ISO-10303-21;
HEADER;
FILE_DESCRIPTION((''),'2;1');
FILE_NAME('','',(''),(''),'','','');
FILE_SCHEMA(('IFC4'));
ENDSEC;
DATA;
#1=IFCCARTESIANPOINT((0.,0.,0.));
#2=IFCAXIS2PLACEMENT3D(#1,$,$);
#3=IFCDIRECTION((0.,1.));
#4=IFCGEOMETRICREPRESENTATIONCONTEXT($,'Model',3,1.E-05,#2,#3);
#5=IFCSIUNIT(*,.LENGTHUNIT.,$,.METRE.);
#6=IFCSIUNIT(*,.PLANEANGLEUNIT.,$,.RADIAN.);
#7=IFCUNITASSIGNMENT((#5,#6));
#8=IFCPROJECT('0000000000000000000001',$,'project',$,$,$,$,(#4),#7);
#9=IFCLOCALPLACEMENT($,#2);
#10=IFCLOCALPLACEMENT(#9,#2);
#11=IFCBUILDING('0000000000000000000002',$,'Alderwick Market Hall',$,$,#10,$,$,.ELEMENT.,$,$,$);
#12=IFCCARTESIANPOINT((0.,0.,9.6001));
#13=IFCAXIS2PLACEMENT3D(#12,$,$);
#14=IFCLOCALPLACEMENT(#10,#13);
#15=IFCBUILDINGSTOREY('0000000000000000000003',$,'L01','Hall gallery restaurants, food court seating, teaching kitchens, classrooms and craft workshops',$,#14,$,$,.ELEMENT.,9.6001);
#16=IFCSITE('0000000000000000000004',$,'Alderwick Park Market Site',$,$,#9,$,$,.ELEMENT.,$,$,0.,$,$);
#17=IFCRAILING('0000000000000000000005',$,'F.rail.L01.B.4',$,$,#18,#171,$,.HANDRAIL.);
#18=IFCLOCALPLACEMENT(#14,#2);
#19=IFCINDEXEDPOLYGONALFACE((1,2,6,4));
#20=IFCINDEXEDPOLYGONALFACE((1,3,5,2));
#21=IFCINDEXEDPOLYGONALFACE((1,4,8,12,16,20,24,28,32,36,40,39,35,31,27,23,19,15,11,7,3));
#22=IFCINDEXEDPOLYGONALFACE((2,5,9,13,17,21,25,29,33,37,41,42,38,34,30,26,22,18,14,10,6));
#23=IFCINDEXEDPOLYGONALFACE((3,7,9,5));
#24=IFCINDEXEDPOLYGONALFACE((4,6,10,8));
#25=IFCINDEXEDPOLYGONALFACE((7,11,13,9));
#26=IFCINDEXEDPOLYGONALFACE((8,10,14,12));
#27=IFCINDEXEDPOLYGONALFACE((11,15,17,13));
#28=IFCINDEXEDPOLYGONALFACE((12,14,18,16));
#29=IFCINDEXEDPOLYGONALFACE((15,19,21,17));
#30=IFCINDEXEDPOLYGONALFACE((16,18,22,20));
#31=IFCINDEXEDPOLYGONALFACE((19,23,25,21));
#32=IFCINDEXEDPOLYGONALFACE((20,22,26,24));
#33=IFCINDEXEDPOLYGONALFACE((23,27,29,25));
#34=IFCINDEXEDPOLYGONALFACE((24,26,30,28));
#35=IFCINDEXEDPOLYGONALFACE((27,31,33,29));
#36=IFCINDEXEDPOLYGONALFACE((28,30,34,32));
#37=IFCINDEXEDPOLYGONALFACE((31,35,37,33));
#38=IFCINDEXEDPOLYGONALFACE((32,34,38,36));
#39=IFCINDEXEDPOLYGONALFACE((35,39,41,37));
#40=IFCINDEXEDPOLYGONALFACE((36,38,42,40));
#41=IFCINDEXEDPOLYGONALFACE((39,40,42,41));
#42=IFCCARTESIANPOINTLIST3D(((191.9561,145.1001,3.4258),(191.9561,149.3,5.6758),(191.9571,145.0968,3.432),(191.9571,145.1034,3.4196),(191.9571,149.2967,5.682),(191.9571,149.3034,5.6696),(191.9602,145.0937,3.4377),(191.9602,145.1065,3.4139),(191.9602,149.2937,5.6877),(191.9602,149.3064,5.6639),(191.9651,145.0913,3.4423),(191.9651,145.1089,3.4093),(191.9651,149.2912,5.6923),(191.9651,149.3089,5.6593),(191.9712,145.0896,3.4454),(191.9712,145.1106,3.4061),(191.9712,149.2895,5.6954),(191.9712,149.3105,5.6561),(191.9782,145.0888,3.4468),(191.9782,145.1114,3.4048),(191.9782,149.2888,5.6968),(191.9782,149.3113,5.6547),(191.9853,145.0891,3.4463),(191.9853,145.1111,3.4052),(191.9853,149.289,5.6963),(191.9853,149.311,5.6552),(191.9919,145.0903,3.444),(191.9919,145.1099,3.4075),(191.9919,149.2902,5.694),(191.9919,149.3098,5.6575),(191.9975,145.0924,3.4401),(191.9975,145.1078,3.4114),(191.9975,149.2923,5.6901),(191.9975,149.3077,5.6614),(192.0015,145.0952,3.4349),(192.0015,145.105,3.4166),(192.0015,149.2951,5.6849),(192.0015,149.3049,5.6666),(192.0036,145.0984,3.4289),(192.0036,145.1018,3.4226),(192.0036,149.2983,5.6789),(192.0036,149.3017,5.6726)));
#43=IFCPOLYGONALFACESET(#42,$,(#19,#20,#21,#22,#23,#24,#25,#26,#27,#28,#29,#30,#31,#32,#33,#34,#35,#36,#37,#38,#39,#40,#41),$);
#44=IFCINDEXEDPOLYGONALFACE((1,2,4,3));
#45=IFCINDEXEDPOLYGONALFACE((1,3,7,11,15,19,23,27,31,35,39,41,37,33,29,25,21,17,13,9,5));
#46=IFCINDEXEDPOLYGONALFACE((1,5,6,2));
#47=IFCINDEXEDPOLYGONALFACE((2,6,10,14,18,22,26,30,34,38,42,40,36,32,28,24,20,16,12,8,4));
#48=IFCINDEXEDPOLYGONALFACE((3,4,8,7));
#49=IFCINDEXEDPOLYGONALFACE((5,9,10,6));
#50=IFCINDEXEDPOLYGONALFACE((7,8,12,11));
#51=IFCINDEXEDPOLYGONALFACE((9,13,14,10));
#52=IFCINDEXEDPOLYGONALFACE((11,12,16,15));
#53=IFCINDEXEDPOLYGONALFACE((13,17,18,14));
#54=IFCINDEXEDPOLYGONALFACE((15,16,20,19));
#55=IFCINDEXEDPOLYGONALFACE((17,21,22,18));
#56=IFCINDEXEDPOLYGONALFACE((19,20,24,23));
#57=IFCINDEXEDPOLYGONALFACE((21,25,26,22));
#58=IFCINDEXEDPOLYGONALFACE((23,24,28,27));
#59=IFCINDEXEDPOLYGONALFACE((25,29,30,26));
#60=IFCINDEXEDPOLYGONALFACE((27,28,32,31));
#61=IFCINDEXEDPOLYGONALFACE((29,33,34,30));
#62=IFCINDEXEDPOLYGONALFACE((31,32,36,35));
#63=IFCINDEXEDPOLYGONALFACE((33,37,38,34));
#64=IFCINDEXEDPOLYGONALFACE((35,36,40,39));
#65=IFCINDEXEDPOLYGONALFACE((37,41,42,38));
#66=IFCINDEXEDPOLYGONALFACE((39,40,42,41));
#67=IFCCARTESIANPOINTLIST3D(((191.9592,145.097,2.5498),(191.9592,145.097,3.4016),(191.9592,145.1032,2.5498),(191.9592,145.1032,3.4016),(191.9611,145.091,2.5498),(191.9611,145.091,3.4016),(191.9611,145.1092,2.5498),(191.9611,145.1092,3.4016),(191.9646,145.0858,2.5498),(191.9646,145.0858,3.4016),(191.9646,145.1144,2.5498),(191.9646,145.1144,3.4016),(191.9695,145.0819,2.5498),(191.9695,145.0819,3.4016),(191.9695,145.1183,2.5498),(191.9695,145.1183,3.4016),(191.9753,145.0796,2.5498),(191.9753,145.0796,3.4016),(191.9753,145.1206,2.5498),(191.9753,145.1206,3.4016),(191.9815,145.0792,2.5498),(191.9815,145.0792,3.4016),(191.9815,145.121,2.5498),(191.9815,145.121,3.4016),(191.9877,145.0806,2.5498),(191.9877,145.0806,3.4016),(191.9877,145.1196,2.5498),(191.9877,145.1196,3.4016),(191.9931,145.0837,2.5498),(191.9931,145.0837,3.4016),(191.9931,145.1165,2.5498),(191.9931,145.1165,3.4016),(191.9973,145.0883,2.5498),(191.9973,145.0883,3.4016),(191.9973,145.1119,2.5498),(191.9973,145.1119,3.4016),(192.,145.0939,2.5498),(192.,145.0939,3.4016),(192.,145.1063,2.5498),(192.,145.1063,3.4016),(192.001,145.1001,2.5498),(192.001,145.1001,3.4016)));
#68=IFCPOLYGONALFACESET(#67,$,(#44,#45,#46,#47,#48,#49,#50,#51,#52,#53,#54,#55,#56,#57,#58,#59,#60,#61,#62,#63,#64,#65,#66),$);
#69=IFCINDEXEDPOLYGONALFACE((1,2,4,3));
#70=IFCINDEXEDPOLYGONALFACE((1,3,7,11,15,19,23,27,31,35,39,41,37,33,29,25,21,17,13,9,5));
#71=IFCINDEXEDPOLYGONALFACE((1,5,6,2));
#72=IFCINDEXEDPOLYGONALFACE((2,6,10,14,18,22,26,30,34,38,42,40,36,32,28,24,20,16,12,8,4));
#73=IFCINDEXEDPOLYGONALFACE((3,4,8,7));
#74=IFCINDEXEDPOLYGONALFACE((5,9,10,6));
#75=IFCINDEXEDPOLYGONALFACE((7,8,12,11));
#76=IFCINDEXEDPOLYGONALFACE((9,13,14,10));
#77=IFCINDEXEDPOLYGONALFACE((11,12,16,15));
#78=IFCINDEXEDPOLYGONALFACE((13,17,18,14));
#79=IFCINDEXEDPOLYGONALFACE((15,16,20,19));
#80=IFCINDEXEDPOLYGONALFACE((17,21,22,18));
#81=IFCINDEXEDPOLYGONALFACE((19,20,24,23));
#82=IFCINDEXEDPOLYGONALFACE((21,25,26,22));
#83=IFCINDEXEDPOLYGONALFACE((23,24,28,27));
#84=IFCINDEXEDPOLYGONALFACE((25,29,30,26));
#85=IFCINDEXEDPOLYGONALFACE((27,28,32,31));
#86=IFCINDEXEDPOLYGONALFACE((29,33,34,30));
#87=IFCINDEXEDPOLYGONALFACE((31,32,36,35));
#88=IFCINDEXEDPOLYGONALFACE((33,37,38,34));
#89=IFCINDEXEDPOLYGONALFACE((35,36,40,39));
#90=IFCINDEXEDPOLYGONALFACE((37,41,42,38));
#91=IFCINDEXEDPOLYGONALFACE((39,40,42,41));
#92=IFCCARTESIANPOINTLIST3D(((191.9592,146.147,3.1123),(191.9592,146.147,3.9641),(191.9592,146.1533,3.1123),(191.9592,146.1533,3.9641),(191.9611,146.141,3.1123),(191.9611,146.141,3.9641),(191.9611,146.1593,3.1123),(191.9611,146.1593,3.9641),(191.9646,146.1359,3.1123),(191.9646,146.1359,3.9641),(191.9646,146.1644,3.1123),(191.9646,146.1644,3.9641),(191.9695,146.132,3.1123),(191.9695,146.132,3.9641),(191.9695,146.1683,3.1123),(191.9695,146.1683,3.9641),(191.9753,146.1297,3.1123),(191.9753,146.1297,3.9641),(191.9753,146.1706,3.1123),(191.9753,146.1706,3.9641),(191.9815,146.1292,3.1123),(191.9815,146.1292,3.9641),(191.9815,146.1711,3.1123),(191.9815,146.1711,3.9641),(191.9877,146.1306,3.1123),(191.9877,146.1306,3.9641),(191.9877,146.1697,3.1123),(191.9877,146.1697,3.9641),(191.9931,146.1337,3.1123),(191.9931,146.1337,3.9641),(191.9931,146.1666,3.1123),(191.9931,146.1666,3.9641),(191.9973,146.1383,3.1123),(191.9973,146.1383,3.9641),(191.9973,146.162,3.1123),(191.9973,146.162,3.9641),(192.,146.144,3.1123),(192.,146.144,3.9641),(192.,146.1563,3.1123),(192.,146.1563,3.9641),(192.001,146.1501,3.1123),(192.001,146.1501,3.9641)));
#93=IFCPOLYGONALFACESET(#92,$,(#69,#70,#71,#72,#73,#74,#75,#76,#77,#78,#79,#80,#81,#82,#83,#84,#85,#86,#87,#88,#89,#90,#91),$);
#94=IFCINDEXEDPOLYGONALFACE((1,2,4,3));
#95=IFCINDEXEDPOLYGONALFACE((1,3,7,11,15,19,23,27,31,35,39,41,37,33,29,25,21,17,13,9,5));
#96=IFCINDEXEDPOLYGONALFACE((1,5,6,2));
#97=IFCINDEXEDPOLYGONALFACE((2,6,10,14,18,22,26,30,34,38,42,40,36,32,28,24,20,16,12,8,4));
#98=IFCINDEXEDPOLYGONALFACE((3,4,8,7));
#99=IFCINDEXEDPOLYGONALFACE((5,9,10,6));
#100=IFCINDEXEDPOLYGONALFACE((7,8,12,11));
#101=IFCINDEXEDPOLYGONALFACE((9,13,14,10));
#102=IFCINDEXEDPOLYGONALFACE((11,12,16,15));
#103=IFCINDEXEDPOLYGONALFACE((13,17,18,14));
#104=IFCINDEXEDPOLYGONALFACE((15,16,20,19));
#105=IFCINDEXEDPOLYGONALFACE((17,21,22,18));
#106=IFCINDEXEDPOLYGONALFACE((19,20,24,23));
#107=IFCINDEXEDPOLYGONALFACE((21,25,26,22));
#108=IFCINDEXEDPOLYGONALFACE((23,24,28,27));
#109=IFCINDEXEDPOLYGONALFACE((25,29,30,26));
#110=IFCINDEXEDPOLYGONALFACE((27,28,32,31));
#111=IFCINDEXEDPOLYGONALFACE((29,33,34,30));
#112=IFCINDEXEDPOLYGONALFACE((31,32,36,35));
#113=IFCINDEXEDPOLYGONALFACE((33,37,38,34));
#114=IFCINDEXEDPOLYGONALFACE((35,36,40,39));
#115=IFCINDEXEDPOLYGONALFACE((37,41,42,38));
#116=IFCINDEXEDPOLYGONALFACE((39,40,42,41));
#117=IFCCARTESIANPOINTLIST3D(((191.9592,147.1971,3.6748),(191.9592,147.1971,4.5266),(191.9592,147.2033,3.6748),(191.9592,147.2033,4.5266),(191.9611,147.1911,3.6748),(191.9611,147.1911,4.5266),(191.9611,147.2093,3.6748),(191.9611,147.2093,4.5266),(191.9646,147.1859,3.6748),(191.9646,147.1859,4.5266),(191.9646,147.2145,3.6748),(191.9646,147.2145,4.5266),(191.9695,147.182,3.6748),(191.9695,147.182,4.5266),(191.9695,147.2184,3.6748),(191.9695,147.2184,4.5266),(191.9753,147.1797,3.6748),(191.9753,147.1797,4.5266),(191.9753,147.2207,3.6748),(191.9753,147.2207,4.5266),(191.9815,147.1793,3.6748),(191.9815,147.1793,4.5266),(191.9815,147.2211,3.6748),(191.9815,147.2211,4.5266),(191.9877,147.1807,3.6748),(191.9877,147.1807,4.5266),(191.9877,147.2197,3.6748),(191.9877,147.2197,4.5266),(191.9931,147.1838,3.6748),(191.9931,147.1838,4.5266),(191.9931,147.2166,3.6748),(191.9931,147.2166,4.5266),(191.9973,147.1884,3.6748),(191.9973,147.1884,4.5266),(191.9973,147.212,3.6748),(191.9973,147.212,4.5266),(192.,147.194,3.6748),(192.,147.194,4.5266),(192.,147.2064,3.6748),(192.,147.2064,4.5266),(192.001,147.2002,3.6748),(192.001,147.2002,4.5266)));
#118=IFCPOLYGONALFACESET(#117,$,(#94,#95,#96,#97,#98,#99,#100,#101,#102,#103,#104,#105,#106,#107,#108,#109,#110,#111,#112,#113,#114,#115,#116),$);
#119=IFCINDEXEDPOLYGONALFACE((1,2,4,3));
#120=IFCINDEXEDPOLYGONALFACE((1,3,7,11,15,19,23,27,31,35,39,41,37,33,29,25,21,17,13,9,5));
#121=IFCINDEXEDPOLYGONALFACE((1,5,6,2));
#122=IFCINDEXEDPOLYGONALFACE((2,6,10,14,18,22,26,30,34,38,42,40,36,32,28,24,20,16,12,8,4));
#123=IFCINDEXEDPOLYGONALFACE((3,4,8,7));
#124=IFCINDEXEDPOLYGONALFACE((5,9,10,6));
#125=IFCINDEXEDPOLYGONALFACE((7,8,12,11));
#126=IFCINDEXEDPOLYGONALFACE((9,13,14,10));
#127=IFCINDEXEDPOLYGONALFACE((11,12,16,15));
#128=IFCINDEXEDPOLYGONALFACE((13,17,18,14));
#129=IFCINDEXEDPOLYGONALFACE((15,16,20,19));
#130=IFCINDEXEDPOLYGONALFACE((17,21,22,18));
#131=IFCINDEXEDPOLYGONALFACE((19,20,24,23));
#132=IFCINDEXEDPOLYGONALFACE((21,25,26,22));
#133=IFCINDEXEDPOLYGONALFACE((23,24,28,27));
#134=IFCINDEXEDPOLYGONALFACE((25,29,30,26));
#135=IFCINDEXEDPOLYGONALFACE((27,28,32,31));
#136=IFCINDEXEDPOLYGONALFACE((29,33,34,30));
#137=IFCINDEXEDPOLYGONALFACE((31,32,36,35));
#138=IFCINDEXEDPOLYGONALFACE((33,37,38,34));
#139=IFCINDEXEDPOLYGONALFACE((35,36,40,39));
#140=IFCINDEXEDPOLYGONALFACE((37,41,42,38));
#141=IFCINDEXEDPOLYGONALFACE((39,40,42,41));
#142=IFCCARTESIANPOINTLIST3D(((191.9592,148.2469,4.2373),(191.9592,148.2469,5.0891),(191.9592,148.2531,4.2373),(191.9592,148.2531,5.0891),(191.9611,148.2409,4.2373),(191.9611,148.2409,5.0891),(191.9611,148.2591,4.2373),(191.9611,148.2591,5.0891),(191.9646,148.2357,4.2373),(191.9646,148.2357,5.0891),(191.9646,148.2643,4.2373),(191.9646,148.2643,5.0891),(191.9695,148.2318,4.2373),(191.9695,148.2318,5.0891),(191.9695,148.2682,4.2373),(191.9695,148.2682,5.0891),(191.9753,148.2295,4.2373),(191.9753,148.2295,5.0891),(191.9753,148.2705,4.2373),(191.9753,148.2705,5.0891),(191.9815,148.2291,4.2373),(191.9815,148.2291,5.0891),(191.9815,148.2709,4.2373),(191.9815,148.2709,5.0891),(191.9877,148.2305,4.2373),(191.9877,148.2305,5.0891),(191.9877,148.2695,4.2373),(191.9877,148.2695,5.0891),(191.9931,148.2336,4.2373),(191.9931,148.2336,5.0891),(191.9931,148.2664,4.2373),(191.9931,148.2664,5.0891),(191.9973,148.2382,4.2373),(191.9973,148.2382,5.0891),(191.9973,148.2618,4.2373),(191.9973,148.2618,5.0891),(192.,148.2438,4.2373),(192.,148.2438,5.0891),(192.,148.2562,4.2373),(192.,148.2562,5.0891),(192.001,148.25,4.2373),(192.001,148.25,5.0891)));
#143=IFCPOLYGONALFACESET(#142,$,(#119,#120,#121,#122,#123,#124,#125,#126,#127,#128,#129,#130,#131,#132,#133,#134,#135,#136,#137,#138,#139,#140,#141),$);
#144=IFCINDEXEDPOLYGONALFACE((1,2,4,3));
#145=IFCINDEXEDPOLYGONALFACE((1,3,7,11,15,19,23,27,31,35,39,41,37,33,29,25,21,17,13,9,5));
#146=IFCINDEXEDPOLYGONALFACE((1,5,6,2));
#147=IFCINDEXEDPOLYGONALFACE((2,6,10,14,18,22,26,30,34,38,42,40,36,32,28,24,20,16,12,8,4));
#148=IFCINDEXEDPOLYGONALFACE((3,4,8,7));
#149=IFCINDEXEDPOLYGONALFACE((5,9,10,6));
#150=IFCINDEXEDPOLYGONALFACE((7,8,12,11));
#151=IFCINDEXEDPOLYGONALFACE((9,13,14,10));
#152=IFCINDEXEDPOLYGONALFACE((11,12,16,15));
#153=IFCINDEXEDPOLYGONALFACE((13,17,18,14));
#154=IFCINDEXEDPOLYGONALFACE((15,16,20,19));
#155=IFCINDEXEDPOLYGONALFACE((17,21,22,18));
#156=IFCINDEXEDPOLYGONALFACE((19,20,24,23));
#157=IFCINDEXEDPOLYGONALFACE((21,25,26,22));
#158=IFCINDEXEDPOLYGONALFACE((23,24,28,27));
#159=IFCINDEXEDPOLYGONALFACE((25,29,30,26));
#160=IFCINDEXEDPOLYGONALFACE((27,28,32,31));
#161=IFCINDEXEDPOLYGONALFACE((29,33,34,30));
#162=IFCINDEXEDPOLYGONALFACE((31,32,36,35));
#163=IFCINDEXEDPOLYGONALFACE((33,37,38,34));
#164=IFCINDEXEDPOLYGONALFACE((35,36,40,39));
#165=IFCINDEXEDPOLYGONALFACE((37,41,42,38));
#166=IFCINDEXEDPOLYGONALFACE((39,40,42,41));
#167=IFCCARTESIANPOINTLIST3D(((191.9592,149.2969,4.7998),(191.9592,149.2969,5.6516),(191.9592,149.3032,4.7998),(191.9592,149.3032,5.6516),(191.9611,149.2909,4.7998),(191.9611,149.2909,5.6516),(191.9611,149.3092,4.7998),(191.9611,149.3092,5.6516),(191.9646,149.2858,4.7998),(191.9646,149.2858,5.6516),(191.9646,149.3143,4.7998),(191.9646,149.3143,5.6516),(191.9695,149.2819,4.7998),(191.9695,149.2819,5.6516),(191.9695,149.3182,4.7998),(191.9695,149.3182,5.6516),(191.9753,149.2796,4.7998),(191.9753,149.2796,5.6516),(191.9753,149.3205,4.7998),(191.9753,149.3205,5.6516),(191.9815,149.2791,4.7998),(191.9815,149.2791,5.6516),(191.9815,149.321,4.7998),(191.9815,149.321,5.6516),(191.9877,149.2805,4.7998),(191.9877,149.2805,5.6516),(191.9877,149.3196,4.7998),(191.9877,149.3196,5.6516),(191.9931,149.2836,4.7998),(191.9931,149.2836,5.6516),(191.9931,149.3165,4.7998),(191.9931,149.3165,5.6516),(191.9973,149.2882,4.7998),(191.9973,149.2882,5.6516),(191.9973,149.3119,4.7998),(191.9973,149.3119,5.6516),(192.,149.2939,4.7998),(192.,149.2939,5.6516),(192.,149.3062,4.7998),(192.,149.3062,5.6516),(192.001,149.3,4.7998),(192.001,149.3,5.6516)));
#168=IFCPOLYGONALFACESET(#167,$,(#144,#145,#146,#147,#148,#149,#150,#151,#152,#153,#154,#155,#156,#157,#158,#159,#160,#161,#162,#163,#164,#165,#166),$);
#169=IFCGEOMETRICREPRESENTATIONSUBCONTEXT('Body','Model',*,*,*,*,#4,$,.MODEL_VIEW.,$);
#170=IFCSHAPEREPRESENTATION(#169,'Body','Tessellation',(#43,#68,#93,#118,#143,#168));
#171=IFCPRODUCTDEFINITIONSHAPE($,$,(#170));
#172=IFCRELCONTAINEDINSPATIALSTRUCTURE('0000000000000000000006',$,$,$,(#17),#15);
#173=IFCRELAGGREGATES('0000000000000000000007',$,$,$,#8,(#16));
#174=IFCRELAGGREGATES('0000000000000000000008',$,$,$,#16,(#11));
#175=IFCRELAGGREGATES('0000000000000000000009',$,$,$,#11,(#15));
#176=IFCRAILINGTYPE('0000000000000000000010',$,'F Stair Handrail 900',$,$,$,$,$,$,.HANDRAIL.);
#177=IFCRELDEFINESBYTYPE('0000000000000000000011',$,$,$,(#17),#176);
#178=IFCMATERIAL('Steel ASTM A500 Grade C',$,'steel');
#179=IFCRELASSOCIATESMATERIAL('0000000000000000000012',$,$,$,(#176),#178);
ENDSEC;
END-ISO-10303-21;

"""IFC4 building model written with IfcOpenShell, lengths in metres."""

from ifc_helpers import new_model, si_unit, direction, frame, origin, origin_2d, place, context, subcontext, project, spatial, circle, extrude, material, type_object, element, save


model = new_model("IFC4")

# Units and contexts
model_context = context("Model", 3, precision=1e-05, world=origin(), true_north=direction((0.0, 1.0)))
body_context = subcontext(model_context, "Body", "Model", "MODEL_VIEW")
ifc_project = project(units=[si_unit("LENGTHUNIT", "METRE"), si_unit("PLANEANGLEUNIT", "RADIAN")], contexts=[model_context])

# Site, building, storey
site_placement = place(None, origin())
site = spatial("IfcSite", under=ifc_project, at=site_placement, Name="Alderwick Park Market Site", CompositionType="ELEMENT", RefElevation=0.0)
building_placement = place(site_placement, origin())
building = spatial("IfcBuilding", under=site, at=building_placement, Name="Alderwick Market Hall", CompositionType="ELEMENT")
storey_placement = place(building_placement, frame((0.0, 0.0, 9.6001)))
storey = spatial("IfcBuildingStorey", under=building, at=storey_placement, Name="L01", Description="Hall gallery restaurants, food court seating, teaching kitchens, classrooms and craft workshops", CompositionType="ELEMENT", Elevation=9.6001)

# Railing
ifc_material_1 = material(Name="Steel ASTM A500 Grade C", Category="steel")
railing_type = type_object("IfcRailingType", Name="F Stair Handrail 900", PredefinedType="HANDRAIL", material=ifc_material_1)
for number, where, name in (
    (1, (191.98, 145.1001, 2.5498), "F.rail.L01.B.4"),
):
    element("IfcRailing", number, at=place(storey_placement, frame(where)), inside=storey, type_object=railing_type, Name=name, PredefinedType="HANDRAIL", context=body_context, shape_type="SweptSolid", body=[
        extrude(circle(Radius=0.0239, at=origin_2d()), frame((0.0, 0.0, 0.876), z_axis=(0.0, 0.881478, 0.472226), x_axis=(-1.0, 0.0, 0.0)), (0.0, 0.0, 1.0), 4.7646),
        extrude(circle(Radius=0.021, at=origin_2d()), origin(), (0.0, 0.0, 1.0), 0.8518),
        extrude(circle(Radius=0.021, at=origin_2d()), frame((0.0, 1.05, 0.5625)), (0.0, 0.0, 1.0), 0.8518),
        extrude(circle(Radius=0.021, at=origin_2d()), frame((0.0, 2.1001, 1.125)), (0.0, 0.0, 1.0), 0.8518),
        extrude(circle(Radius=0.021, at=origin_2d()), frame((0.0, 3.1499, 1.6875)), (0.0, 0.0, 1.0), 0.8518),
        extrude(circle(Radius=0.021, at=origin_2d()), frame((0.0, 4.2, 2.25)), (0.0, 0.0, 1.0), 0.8518),
    ])

save(model, "model.ifc")
